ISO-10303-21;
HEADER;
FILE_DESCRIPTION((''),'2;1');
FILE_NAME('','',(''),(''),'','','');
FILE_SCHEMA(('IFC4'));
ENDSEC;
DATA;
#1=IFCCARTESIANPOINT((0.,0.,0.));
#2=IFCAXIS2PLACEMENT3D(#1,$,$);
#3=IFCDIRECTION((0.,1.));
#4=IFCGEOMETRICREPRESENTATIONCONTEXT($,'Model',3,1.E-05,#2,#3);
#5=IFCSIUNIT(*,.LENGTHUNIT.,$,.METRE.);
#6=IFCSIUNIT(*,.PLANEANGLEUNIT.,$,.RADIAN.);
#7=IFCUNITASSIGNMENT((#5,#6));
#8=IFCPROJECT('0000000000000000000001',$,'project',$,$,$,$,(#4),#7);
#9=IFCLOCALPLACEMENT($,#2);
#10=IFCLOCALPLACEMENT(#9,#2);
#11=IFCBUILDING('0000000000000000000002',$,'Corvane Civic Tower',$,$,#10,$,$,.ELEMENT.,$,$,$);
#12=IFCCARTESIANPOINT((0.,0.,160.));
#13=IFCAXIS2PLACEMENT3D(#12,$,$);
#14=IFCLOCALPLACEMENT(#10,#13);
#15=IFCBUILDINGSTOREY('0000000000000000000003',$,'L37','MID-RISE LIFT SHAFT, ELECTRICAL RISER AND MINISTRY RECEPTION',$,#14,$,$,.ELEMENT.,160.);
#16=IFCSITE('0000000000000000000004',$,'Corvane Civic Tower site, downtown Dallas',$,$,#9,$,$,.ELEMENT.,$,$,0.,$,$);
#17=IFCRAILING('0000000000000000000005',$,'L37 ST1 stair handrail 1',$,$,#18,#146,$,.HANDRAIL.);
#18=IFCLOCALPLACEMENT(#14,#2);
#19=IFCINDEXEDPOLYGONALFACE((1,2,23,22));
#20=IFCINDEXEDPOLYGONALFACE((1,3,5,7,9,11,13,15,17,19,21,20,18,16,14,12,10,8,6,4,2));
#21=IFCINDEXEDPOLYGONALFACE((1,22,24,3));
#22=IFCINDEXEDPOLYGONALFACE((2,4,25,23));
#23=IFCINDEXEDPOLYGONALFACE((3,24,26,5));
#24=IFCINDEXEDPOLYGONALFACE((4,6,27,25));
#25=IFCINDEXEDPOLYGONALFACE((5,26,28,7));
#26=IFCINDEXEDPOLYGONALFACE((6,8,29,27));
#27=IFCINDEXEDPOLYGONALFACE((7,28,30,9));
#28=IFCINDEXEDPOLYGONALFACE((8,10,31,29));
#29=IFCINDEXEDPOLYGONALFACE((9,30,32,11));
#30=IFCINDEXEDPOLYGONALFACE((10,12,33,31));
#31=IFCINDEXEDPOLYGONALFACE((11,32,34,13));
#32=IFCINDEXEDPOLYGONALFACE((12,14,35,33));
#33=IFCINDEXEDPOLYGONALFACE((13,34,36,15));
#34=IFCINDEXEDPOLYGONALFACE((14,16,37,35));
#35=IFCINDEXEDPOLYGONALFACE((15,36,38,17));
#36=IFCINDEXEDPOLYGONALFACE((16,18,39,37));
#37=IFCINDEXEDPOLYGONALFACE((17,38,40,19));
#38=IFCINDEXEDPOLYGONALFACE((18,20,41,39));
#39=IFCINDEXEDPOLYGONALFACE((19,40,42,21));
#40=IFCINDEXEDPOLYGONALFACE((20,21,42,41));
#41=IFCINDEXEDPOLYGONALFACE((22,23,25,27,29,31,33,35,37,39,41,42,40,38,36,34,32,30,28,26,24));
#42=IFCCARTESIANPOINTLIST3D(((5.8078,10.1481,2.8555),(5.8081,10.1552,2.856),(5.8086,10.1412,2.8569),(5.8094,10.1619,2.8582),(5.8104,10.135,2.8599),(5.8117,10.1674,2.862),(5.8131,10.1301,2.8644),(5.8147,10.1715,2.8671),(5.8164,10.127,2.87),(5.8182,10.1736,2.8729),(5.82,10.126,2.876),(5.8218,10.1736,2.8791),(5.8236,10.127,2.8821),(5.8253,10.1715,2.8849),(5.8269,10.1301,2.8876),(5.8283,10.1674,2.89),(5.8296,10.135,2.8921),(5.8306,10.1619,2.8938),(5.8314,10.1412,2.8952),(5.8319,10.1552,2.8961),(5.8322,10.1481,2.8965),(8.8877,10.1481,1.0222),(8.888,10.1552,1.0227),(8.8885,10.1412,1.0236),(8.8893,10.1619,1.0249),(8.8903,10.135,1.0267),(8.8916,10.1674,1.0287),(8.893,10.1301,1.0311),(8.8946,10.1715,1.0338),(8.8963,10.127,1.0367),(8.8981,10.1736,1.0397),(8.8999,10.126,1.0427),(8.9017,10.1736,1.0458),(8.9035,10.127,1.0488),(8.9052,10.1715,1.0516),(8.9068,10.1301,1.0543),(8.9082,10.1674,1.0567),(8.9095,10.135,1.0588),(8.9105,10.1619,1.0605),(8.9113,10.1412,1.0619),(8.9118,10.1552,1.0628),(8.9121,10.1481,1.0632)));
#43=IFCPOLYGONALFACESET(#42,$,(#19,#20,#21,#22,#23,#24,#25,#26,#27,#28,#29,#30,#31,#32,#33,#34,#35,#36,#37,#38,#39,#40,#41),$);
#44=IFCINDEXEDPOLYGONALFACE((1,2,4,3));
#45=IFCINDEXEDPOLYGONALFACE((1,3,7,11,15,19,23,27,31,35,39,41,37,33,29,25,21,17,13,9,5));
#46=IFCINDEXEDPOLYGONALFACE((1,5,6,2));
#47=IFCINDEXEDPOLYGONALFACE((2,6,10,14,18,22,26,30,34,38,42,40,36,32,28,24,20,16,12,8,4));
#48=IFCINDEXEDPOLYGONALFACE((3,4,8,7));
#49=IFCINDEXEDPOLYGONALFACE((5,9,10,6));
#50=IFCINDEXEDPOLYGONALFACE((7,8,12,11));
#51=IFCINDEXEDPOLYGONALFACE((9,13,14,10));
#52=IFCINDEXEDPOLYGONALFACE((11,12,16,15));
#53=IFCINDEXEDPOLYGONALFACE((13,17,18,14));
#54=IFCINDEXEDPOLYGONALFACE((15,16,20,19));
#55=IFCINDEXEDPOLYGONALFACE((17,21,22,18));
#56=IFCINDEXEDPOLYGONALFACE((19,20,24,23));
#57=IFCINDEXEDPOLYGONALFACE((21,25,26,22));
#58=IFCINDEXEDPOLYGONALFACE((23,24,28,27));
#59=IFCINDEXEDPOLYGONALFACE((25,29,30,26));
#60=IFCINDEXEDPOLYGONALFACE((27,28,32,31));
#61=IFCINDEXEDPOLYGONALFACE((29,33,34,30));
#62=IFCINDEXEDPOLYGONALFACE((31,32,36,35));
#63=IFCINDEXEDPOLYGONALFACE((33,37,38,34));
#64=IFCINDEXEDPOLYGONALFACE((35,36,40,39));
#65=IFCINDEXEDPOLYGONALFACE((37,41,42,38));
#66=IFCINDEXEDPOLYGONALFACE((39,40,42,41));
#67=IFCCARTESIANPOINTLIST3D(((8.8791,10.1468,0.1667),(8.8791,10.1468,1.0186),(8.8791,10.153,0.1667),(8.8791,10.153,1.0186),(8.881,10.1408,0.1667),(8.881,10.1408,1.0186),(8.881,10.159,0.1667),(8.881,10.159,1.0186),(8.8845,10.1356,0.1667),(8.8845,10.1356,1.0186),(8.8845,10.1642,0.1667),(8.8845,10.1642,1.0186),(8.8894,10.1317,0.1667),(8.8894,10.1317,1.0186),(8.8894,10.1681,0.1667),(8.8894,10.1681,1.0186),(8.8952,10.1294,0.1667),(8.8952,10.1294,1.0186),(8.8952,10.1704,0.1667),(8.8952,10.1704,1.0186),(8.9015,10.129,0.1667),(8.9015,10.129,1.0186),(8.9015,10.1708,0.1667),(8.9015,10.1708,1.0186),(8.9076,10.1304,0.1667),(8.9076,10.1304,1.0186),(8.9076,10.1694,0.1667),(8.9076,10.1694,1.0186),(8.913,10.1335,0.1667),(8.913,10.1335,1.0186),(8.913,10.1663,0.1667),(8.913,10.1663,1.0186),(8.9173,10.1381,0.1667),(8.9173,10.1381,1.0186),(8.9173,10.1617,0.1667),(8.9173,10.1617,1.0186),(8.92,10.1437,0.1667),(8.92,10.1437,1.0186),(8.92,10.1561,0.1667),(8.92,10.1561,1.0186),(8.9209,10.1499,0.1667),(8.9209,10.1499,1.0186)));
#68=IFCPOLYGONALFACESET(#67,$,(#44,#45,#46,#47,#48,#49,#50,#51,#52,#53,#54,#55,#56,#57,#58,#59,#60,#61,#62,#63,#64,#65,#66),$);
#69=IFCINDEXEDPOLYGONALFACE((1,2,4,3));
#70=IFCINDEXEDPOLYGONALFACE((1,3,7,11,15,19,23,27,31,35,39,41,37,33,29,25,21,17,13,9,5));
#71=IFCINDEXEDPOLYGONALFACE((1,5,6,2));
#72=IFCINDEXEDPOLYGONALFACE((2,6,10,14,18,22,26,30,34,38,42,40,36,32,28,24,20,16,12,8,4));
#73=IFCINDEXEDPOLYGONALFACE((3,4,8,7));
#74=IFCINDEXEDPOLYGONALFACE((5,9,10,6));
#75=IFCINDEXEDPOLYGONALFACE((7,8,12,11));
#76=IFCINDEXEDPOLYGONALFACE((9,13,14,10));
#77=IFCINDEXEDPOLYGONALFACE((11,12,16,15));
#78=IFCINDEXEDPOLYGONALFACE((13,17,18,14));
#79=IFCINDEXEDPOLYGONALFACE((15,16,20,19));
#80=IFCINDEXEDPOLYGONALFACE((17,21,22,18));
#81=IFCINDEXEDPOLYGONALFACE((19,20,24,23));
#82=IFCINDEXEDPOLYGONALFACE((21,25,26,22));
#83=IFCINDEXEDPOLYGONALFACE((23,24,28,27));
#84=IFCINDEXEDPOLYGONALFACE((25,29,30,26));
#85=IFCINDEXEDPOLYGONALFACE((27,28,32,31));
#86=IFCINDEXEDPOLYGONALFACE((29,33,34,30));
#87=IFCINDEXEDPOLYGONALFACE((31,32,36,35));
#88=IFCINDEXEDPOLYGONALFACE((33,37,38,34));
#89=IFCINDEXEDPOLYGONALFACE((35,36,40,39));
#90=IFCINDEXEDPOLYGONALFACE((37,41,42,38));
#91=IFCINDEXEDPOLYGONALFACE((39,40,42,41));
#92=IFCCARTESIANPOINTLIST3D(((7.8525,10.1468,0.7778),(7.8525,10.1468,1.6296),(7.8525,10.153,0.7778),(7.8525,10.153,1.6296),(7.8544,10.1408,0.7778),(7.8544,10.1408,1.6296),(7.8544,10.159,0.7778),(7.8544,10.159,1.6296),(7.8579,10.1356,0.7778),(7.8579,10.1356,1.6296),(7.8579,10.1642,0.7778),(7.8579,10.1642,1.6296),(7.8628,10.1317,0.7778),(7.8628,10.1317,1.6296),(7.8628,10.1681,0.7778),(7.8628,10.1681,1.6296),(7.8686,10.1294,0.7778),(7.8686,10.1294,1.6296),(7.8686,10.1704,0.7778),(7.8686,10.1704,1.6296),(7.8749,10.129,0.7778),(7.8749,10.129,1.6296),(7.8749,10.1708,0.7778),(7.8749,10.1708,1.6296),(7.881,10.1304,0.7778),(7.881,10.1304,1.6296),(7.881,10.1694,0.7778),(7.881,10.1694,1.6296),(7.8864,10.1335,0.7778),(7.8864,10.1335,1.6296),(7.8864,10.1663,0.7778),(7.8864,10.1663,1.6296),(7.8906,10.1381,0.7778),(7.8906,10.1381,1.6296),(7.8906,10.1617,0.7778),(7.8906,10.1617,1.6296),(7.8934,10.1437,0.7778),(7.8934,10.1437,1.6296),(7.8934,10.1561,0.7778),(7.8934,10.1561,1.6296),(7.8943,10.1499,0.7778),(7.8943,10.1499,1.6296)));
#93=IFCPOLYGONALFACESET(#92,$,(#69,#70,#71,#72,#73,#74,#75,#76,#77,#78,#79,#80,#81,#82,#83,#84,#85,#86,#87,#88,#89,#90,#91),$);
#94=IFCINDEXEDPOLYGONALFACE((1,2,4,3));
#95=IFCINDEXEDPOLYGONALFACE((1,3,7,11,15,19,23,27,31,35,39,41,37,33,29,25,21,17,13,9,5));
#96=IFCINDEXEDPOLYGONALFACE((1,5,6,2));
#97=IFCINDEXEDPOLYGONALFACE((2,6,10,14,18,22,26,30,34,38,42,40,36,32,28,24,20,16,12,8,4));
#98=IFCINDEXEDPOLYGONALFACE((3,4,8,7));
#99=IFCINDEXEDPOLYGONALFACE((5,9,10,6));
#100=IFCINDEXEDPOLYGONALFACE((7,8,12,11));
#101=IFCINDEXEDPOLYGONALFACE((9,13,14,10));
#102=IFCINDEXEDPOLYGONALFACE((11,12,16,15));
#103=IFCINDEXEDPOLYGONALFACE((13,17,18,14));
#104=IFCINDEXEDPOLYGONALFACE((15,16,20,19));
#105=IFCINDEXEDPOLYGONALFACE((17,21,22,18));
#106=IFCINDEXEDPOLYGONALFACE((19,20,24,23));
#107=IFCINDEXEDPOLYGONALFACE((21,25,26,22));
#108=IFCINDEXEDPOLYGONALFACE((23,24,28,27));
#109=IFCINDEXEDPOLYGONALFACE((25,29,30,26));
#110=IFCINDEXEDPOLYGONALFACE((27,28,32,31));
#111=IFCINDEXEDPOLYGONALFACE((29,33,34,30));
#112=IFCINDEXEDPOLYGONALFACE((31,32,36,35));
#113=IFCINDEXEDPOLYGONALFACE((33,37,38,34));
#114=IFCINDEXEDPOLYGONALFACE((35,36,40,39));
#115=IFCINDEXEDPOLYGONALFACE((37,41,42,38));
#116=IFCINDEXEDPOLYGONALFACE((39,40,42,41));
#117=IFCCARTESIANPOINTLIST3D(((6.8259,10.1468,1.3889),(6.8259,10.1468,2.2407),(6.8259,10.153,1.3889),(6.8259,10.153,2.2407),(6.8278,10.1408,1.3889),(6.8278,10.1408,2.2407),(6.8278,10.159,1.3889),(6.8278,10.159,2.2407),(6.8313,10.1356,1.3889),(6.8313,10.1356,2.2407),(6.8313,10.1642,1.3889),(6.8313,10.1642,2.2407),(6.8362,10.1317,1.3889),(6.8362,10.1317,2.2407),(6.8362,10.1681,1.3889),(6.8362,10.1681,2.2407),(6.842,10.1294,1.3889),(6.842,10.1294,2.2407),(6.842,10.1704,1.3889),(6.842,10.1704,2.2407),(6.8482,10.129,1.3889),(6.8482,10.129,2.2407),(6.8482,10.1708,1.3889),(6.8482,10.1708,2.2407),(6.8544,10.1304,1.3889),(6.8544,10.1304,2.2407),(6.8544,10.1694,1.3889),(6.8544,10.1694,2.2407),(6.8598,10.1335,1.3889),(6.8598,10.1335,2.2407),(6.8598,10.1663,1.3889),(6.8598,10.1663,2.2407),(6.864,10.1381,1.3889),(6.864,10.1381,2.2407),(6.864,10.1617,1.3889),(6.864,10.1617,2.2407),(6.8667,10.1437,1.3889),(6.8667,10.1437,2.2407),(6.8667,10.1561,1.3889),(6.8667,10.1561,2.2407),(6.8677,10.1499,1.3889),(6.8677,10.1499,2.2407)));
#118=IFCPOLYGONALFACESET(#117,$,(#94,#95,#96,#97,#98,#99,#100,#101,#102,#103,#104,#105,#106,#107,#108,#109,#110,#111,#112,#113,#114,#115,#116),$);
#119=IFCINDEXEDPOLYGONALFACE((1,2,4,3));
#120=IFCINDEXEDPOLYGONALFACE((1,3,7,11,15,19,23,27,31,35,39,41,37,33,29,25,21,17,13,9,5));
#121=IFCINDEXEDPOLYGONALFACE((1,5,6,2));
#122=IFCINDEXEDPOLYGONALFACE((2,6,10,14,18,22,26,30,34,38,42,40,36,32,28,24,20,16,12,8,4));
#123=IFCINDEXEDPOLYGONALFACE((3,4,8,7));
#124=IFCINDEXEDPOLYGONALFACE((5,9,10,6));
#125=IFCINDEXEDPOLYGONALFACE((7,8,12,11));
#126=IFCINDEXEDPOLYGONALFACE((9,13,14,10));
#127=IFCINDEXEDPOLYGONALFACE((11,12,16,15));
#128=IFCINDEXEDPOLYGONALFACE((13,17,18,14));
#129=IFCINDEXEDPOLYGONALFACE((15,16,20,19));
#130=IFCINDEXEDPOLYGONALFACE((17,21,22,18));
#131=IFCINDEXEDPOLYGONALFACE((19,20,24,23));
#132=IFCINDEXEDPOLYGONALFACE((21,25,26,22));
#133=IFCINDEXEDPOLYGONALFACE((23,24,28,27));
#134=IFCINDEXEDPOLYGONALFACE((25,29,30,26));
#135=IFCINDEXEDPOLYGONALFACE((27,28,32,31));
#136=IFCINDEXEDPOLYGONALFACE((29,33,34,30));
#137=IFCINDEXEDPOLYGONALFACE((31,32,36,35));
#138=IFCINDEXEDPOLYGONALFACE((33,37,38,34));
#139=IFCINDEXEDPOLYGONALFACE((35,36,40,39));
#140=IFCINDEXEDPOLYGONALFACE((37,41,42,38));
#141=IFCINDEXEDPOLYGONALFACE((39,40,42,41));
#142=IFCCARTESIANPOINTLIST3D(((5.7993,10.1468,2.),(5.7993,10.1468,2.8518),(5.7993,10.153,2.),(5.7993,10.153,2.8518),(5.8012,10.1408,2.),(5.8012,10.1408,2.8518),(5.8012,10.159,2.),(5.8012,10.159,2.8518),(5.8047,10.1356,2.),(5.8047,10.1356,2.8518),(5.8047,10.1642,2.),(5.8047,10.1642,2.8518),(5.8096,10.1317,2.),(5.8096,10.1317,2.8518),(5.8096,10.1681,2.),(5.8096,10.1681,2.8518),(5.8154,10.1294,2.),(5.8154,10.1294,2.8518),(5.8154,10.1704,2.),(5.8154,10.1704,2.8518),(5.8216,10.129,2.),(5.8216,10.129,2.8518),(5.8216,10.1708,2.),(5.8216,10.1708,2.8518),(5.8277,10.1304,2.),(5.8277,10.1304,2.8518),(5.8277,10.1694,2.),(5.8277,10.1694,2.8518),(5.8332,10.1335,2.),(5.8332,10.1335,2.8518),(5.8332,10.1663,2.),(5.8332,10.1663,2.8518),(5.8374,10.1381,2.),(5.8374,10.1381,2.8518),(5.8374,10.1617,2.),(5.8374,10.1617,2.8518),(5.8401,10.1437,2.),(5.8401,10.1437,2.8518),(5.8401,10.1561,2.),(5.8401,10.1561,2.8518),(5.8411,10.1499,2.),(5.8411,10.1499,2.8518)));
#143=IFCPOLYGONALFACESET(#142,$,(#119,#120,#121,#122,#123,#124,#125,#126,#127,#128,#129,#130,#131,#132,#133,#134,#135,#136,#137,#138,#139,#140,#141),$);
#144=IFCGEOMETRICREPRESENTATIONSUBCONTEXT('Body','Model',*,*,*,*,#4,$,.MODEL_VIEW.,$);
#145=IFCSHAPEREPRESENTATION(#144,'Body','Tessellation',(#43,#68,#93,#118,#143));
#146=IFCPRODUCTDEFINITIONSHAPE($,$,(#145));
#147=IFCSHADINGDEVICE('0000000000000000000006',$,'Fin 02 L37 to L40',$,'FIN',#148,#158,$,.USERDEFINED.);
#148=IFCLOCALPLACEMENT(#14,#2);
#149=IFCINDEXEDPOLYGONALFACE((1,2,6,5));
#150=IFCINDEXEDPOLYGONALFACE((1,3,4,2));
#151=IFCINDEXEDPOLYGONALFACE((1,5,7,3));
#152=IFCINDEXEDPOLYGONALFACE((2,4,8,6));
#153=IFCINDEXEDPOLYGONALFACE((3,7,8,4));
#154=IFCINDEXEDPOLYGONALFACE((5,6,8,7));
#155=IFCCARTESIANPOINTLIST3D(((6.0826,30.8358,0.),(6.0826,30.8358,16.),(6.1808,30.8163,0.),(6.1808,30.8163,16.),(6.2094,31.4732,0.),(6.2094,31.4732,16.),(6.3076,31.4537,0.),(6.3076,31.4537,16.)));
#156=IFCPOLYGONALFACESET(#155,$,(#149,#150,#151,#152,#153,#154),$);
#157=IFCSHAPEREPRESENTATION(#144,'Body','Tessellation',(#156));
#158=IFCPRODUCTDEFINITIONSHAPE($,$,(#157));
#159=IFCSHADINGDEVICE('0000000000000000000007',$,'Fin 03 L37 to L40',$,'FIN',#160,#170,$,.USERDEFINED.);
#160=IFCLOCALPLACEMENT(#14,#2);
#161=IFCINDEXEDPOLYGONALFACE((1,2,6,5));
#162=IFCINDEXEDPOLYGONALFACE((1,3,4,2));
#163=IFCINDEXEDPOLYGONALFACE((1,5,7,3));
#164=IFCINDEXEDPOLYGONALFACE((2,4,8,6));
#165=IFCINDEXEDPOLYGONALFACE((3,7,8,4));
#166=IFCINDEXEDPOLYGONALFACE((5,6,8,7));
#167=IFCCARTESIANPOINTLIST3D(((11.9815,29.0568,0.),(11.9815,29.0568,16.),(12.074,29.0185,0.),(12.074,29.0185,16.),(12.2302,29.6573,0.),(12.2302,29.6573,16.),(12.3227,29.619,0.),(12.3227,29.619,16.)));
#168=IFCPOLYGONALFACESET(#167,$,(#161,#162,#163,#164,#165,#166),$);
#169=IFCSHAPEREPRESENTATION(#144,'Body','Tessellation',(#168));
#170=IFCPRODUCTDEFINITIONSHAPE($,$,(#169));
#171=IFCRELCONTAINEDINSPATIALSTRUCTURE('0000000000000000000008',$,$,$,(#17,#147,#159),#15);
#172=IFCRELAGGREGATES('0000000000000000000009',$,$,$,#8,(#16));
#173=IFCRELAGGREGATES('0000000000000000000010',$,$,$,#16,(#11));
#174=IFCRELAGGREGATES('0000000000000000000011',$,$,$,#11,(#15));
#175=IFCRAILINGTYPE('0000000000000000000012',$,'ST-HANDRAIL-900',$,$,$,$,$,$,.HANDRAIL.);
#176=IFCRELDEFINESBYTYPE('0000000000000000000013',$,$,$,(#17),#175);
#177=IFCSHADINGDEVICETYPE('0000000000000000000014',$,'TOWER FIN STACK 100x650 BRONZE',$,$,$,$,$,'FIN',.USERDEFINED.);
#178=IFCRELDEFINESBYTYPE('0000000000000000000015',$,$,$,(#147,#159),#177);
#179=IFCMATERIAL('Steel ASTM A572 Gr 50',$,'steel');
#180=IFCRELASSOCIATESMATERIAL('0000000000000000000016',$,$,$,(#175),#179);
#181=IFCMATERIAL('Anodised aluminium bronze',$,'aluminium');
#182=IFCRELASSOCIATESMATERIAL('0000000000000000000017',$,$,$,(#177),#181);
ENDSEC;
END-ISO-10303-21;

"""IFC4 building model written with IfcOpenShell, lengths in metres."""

from ifc_helpers import new_model, si_unit, direction, frame, origin, origin_2d, place, context, subcontext, project, spatial, rectangle, circle, extrude, material, material_profile, profile_set, type_object, element, save


model = new_model("IFC4")

# Units and contexts
model_context = context("Model", 3, precision=1e-05, world=origin(), true_north=direction((0.0, 1.0)))
body_context = subcontext(model_context, "Body", "Model", "MODEL_VIEW")
ifc_project = project(units=[si_unit("LENGTHUNIT", "METRE"), si_unit("PLANEANGLEUNIT", "RADIAN")], contexts=[model_context])

# Site, building, storey
site_placement = place(None, origin())
site = spatial("IfcSite", under=ifc_project, at=site_placement, Name="Corvane Civic Tower site, downtown Dallas", CompositionType="ELEMENT", RefElevation=0.0)
building_placement = place(site_placement, origin())
building = spatial("IfcBuilding", under=site, at=building_placement, Name="Corvane Civic Tower", CompositionType="ELEMENT")
storey_placement = place(building_placement, frame((0.0, 0.0, 160.0)))
storey = spatial("IfcBuildingStorey", under=building, at=storey_placement, Name="L37", Description="MID-RISE LIFT SHAFT, ELECTRICAL RISER AND MINISTRY RECEPTION", CompositionType="ELEMENT", Elevation=160.0)

# Railing
ifc_material_1 = material(Name="Steel ASTM A572 Gr 50", Category="steel")
railing_type_1 = type_object("IfcRailingType", Name="ST-HANDRAIL-900", PredefinedType="HANDRAIL", material=ifc_material_1)
railing_1_placement = place(storey_placement, frame((8.8999, 10.1499, 0.1667)))
element("IfcRailing", 1, at=railing_1_placement, inside=storey, type_object=railing_type_1, Name="L37 ST1 stair handrail 1", PredefinedType="HANDRAIL", context=body_context, shape_type="SweptSolid", body=[
    extrude(circle(Radius=0.0239, at=origin_2d()), frame((0.0, 0.0, 0.876), z_axis=(-0.859291, 0.0, 0.511487), x_axis=(0.0, -1.0, 0.0)), (0.0, 0.0, 1.0), 3.5842),
    extrude(circle(Radius=0.021, at=origin_2d()), origin(), (0.0, 0.0, 1.0), 0.8518),
    extrude(circle(Radius=0.021, at=origin_2d()), frame((-1.0266, 0.0, 0.6111)), (0.0, 0.0, 1.0), 0.8518),
    extrude(circle(Radius=0.021, at=origin_2d()), frame((-2.0532, 0.0, 1.2222)), (0.0, 0.0, 1.0), 0.8518),
    extrude(circle(Radius=0.021, at=origin_2d()), frame((-3.0798, 0.0, 1.8333)), (0.0, 0.0, 1.0), 0.8518),
])

# Shading devices
ifc_material_2 = material(Name="Anodised aluminium bronze", Category="aluminium")
ifc_material_profile_1 = material_profile(ifc_material_2, rectangle(XDim=0.1001, YDim=0.6499, at=origin_2d()), Name="TOWER FIN STACK 100x650 BRONZE")
ifc_profile_set_1 = profile_set([ifc_material_profile_1], Name="Anodised aluminium bronze")
shading_device_type = type_object("IfcShadingDeviceType", Name="TOWER FIN STACK 100x650 BRONZE", ElementType="FIN", PredefinedType="USERDEFINED", material=ifc_profile_set_1)
for number, where, z_axis, x_axis, name in (
    (2, (6.1951, 31.1448, 0.0), (0.0, 0.0, 1.0), (0.980785, -0.19509, 0.0), "Fin 02 L37 to L40"),
    (3, (12.1521, 29.3379, 0.0), (0.0, 0.0, 1.0), (0.92388, -0.382683, 0.0), "Fin 03 L37 to L40"),
):
    element("IfcShadingDevice", number, at=place(storey_placement, frame(where, z_axis=z_axis, x_axis=x_axis)), inside=storey, type_object=shading_device_type, Name=name, ObjectType="FIN", PredefinedType="USERDEFINED", context=body_context, shape_type="SweptSolid", body=[
        extrude(rectangle(XDim=0.1001, YDim=0.6499, at=origin_2d()), origin(), (0.0, 0.0, 1.0), 16.0),
    ])

save(model, "model.ifc")
